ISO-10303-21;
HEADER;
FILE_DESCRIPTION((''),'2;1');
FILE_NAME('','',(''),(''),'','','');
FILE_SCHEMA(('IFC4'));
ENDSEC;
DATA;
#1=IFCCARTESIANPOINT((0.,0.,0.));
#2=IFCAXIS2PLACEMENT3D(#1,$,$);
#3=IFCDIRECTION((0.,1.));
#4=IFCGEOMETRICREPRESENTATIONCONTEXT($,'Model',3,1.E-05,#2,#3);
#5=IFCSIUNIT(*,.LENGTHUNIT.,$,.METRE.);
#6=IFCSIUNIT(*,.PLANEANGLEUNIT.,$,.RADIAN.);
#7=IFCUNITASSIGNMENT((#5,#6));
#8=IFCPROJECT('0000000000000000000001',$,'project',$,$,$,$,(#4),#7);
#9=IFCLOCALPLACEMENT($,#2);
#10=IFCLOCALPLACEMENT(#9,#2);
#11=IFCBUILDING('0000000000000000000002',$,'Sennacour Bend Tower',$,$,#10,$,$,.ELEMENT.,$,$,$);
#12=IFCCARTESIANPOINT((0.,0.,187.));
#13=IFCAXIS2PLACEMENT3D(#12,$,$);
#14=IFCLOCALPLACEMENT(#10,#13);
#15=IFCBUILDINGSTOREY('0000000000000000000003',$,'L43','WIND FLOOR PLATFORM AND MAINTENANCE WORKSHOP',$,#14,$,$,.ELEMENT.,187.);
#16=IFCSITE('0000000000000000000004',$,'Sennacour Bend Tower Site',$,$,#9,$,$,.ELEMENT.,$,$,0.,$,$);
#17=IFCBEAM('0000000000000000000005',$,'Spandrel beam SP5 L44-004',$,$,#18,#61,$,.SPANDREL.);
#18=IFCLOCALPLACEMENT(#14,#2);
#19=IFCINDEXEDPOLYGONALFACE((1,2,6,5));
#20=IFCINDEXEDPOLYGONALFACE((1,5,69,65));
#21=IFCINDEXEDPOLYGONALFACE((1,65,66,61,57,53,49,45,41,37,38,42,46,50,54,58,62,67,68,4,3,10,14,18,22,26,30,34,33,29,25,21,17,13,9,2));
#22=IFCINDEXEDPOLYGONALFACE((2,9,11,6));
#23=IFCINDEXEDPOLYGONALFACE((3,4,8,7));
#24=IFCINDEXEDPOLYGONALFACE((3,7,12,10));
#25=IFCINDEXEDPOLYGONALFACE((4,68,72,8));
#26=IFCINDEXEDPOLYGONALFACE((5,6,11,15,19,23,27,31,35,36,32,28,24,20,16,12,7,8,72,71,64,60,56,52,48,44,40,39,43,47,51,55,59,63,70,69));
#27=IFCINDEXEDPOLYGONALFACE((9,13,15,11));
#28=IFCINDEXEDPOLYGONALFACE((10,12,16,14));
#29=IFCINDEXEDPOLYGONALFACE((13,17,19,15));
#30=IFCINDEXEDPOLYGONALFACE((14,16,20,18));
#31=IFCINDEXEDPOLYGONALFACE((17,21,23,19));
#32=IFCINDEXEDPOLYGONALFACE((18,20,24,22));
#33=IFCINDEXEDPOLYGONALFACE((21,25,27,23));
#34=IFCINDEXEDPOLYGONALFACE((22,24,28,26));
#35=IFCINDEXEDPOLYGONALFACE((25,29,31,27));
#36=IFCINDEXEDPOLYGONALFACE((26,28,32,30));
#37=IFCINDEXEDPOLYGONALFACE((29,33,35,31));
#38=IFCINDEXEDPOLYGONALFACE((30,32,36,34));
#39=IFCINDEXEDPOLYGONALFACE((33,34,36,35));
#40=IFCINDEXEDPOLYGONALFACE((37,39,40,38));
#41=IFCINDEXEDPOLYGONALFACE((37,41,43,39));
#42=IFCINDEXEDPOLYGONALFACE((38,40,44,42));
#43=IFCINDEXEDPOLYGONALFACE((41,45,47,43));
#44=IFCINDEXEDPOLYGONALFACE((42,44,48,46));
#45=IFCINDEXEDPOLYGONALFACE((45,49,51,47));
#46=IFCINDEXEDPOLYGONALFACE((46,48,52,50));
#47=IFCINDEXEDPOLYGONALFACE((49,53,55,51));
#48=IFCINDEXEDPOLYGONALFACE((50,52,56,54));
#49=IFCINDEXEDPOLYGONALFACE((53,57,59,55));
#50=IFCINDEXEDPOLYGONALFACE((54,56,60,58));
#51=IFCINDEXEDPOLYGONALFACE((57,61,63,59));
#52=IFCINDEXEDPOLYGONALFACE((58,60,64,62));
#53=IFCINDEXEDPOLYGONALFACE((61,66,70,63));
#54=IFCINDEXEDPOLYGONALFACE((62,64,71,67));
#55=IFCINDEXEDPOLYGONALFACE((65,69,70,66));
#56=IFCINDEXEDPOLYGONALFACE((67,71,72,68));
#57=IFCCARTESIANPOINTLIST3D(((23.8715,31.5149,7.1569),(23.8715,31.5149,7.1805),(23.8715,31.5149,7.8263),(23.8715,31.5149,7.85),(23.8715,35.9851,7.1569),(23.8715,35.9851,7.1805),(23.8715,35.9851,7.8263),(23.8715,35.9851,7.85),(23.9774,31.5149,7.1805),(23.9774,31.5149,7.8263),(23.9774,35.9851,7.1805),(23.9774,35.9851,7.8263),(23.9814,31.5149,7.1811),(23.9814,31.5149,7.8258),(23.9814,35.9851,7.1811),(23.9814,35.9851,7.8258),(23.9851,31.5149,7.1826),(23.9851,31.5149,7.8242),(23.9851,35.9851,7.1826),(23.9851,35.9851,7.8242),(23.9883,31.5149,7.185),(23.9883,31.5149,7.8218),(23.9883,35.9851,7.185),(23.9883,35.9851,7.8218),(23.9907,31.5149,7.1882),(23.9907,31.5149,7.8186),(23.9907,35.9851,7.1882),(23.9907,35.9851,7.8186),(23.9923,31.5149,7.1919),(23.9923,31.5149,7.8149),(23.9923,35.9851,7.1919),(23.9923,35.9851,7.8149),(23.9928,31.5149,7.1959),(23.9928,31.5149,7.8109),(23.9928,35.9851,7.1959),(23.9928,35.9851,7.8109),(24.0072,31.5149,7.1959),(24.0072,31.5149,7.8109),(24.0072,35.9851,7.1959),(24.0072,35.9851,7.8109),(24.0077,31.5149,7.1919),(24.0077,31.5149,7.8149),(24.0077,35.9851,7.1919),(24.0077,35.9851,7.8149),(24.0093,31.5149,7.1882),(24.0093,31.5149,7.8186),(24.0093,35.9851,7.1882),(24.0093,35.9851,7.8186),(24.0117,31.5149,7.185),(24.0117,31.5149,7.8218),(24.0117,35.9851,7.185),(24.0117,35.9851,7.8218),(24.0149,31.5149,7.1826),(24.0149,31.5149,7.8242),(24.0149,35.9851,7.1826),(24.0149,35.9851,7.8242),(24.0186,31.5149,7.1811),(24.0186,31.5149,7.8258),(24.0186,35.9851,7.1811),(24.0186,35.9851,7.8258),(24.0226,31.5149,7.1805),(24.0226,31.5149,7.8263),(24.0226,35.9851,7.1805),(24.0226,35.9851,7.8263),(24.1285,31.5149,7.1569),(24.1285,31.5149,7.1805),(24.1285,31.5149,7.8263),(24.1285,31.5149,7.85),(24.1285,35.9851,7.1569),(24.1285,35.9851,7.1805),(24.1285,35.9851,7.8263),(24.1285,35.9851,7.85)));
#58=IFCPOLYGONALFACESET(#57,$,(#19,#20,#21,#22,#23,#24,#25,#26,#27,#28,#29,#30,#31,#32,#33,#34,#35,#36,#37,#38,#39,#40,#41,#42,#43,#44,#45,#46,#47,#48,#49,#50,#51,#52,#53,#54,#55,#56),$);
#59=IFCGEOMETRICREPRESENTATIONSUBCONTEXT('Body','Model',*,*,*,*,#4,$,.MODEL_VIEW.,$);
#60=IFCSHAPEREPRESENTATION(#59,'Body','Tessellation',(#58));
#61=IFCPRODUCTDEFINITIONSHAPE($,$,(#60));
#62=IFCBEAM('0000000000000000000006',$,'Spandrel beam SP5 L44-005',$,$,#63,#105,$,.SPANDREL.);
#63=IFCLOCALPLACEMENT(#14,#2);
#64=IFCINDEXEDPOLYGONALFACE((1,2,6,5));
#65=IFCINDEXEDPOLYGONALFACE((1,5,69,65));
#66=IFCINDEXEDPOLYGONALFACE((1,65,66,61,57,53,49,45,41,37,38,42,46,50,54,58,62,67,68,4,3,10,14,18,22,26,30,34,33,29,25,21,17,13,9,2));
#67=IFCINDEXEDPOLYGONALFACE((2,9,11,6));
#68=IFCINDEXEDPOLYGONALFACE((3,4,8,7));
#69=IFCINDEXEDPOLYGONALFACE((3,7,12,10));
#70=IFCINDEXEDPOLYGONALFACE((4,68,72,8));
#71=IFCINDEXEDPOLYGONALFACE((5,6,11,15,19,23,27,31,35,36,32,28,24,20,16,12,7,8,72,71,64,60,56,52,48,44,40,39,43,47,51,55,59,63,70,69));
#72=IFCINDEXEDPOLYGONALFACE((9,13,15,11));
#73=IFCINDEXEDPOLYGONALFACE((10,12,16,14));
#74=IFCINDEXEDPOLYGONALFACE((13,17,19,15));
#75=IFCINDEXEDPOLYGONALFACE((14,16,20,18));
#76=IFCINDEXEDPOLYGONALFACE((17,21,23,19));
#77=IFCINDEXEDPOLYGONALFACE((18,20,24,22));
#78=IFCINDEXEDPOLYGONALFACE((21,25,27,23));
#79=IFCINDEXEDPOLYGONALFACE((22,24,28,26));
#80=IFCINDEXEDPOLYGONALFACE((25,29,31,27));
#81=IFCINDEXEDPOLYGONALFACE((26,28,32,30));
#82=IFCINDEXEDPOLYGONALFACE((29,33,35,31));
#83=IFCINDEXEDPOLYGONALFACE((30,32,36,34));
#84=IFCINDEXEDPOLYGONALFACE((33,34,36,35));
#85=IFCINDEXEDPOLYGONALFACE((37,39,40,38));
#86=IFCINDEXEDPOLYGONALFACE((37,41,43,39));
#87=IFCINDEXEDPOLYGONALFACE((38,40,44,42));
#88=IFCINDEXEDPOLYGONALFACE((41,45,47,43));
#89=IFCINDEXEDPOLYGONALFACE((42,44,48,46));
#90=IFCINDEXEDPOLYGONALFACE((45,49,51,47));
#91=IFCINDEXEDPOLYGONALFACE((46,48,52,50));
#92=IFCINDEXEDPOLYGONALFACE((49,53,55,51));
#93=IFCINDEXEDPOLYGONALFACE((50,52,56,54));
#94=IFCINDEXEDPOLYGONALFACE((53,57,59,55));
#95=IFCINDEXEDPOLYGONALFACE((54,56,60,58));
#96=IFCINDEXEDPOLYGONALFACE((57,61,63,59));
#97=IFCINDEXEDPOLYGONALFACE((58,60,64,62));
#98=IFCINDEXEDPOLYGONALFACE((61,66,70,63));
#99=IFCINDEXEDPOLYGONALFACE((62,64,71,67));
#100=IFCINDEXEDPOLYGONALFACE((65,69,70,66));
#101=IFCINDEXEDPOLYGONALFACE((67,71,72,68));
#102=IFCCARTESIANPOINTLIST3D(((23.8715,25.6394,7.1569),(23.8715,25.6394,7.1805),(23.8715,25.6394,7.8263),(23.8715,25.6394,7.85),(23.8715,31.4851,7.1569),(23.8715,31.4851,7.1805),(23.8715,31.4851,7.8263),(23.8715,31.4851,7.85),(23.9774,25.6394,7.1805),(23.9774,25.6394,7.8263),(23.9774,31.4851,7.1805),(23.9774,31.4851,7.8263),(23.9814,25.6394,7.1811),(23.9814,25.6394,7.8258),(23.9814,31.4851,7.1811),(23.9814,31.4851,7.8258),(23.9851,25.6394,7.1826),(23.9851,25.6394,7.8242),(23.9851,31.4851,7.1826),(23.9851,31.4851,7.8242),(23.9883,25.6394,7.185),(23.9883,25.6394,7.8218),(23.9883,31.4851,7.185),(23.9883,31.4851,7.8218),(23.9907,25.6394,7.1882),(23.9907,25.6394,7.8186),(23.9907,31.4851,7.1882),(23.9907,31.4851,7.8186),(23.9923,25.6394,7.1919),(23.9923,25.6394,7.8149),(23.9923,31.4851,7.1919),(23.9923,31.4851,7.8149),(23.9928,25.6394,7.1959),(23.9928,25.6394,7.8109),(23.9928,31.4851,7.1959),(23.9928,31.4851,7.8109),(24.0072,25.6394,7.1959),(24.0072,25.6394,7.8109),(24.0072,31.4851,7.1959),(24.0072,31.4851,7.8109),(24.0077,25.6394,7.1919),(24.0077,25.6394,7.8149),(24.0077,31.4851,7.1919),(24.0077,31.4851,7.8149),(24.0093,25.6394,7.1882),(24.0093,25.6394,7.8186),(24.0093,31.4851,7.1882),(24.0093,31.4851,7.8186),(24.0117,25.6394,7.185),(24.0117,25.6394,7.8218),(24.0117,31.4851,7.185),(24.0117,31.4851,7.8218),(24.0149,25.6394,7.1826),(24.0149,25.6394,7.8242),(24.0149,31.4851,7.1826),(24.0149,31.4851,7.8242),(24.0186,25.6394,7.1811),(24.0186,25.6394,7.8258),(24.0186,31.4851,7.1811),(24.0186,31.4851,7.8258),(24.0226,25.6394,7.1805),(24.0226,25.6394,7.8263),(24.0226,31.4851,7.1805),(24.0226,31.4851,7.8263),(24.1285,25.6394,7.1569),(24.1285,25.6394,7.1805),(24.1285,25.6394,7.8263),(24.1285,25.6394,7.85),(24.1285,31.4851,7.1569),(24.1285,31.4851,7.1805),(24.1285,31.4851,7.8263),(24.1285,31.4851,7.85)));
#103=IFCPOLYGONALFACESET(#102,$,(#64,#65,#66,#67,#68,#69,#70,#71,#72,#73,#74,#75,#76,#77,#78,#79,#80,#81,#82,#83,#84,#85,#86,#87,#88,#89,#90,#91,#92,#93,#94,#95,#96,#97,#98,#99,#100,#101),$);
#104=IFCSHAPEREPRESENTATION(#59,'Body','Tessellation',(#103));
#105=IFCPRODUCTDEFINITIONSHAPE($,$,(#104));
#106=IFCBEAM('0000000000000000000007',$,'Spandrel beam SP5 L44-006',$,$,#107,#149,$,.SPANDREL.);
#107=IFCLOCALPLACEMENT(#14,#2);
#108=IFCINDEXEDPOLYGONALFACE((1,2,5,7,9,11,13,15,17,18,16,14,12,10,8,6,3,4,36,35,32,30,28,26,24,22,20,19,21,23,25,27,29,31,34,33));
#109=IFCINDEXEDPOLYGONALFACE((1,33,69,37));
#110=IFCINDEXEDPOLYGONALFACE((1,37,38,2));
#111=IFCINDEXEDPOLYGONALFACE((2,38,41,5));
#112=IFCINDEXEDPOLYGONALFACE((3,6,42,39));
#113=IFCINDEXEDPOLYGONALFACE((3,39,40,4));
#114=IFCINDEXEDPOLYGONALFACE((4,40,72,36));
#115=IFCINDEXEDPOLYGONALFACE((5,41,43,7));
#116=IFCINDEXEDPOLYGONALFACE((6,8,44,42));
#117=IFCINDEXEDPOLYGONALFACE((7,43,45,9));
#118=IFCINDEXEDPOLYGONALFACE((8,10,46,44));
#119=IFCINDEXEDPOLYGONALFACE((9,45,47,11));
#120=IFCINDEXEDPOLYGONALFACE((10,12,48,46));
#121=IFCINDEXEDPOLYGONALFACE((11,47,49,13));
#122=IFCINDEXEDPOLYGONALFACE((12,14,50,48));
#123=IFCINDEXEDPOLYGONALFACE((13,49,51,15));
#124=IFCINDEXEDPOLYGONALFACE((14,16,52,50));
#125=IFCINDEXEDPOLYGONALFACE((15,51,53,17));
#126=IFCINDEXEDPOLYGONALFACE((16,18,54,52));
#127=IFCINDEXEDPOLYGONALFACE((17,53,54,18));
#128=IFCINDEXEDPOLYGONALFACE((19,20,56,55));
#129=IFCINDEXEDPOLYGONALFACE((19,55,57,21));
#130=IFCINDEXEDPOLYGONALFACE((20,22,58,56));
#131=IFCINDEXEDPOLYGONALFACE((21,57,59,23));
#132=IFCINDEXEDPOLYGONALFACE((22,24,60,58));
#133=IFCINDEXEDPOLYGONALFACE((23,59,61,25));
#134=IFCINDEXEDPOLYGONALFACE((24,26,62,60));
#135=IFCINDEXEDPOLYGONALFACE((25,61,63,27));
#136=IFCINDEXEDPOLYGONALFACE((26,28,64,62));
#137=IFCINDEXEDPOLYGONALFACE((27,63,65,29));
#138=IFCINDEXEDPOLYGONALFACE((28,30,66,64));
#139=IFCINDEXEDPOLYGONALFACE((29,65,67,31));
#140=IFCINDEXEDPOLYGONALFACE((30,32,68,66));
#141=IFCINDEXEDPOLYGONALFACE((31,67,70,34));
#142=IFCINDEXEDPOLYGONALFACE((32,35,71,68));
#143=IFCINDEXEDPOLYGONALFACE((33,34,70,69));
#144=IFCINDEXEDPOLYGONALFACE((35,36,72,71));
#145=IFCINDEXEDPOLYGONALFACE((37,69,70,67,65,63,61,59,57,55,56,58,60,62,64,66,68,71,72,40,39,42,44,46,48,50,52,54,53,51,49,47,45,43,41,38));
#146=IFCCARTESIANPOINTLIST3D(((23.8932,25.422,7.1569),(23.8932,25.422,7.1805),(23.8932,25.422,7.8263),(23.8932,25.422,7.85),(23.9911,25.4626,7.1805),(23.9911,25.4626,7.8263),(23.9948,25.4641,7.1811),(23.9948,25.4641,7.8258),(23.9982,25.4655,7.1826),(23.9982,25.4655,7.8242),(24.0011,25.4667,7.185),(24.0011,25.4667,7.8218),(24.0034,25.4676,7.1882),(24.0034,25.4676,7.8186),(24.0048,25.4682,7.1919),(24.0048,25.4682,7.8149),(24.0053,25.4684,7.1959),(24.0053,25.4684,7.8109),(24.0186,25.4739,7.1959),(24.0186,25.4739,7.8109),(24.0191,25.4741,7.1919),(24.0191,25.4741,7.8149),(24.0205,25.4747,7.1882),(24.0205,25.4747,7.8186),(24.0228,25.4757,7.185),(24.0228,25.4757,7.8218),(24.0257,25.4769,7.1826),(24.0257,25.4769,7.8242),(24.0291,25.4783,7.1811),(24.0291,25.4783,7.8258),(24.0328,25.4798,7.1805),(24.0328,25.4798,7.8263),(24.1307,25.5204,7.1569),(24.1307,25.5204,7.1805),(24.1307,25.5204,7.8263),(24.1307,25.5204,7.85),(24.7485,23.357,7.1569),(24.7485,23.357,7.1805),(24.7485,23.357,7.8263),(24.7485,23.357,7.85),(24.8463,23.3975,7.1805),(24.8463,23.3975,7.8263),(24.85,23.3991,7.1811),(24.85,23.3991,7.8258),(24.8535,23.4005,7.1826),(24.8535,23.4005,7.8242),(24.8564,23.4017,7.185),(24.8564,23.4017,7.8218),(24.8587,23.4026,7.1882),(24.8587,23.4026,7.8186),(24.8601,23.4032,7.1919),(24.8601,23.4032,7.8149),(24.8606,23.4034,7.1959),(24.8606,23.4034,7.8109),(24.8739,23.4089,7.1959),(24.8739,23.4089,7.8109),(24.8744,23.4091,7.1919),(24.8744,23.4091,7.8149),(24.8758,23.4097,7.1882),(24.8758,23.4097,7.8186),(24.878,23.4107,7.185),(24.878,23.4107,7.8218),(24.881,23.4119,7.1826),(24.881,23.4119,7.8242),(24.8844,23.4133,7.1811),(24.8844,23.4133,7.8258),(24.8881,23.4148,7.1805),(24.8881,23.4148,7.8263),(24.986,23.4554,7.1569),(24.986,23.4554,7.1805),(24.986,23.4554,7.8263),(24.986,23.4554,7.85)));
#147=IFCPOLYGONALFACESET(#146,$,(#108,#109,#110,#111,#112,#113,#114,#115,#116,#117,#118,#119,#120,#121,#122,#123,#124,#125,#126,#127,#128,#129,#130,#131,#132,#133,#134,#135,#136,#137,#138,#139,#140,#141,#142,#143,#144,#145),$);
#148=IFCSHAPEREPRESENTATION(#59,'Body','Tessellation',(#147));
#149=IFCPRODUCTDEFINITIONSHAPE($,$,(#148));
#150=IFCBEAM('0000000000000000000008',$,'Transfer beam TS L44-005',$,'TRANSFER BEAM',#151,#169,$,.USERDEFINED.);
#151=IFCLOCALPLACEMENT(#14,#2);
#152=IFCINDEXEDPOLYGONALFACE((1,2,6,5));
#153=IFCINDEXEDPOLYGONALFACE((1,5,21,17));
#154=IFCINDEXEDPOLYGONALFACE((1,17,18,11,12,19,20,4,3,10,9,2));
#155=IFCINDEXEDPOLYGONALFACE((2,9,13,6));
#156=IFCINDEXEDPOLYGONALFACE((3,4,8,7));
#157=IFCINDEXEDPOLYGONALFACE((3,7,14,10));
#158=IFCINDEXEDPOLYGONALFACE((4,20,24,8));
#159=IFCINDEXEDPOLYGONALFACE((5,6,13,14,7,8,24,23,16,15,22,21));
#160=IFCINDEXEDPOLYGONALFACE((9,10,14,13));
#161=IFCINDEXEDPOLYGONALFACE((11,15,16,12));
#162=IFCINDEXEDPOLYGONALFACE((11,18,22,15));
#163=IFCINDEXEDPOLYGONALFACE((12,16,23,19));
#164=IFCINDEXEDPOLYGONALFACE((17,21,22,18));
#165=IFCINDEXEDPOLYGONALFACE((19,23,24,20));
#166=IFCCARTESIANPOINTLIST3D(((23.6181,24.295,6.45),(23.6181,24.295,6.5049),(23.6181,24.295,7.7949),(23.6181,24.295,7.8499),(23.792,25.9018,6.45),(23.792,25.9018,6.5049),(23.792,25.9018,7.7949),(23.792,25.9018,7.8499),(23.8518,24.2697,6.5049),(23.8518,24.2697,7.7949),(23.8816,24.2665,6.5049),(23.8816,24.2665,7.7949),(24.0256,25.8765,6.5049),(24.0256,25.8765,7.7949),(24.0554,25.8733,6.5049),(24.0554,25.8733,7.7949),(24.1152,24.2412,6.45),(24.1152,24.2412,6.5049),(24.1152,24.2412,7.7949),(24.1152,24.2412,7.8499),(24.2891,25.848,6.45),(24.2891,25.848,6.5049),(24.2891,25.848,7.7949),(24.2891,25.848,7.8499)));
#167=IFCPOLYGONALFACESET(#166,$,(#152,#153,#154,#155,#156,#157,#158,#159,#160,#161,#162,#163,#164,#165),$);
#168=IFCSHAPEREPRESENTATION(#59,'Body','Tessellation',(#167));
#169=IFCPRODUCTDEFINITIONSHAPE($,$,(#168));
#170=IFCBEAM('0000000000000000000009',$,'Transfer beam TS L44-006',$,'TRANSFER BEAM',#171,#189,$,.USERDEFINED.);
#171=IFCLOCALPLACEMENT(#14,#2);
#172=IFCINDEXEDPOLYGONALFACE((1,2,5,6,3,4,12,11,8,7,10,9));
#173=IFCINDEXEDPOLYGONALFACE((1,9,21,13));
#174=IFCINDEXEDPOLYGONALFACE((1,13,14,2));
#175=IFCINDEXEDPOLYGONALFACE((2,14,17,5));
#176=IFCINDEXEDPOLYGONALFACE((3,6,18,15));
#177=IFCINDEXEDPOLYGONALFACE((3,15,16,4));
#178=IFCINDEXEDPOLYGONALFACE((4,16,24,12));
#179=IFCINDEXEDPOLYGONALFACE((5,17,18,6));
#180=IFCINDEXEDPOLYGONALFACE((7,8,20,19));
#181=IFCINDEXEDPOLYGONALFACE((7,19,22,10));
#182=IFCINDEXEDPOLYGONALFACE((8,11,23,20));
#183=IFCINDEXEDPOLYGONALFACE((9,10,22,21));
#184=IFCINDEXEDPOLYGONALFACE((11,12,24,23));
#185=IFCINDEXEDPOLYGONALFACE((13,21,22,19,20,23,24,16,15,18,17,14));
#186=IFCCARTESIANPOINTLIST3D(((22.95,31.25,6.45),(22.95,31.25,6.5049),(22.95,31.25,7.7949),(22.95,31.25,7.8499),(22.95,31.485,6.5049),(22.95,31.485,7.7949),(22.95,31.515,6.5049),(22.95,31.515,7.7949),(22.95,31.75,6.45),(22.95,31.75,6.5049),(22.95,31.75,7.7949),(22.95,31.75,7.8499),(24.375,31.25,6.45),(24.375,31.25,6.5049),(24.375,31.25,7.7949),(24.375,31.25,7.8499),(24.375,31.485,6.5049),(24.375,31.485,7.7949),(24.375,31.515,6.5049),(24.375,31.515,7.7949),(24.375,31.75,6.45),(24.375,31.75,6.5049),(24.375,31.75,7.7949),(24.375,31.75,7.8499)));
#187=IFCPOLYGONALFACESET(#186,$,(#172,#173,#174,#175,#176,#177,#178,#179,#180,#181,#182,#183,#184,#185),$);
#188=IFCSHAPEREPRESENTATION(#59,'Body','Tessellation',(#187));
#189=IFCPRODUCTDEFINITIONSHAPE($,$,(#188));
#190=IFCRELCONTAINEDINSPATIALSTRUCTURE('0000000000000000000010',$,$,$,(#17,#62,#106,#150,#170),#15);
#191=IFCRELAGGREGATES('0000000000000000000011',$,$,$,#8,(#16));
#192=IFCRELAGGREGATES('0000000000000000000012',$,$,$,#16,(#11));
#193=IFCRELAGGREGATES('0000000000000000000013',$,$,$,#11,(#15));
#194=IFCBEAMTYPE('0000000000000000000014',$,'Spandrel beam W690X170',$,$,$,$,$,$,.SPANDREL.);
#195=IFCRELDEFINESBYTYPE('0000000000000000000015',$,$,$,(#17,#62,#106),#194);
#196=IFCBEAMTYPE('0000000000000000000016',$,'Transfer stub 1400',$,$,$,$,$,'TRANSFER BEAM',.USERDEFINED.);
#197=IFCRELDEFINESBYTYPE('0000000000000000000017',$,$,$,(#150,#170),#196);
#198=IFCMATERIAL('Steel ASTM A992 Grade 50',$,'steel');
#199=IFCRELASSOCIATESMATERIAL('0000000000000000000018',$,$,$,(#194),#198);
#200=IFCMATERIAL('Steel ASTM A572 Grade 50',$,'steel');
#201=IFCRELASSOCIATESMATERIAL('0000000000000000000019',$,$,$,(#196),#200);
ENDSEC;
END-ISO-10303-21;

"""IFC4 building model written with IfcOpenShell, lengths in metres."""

from ifc_helpers import new_model, si_unit, direction, frame, origin, origin_2d, place, context, subcontext, project, spatial, i_section, extrude, material, material_profile, profile_set, type_object, element, save


model = new_model("IFC4")

# Units and contexts
model_context = context("Model", 3, precision=1e-05, world=origin(), true_north=direction((0.0, 1.0)))
body_context = subcontext(model_context, "Body", "Model", "MODEL_VIEW")
ifc_project = project(units=[si_unit("LENGTHUNIT", "METRE"), si_unit("PLANEANGLEUNIT", "RADIAN")], contexts=[model_context])

# Site, building, storey
site_placement = place(None, origin())
site = spatial("IfcSite", under=ifc_project, at=site_placement, Name="Sennacour Bend Tower Site", CompositionType="ELEMENT", RefElevation=0.0)
building_placement = place(site_placement, origin())
building = spatial("IfcBuilding", under=site, at=building_placement, Name="Sennacour Bend Tower", CompositionType="ELEMENT")
storey_placement = place(building_placement, frame((0.0, 0.0, 187.0)))
storey = spatial("IfcBuildingStorey", under=building, at=storey_placement, Name="L43", Description="WIND FLOOR PLATFORM AND MAINTENANCE WORKSHOP", CompositionType="ELEMENT", Elevation=187.0)

# Shared definitions
ifc_material_1 = material(Name="Steel ASTM A572 Grade 50", Category="steel")

# Shared definitions
ifc_material_2 = material(Name="Steel ASTM A992 Grade 50", Category="steel")

# Beams
ifc_material_profile_1 = material_profile(ifc_material_2, i_section(OverallWidth=0.2571, OverallDepth=0.6931, WebThickness=0.0144, FlangeThickness=0.0237, FilletRadius=0.0154, at=origin_2d()), Name="Steel ASTM A992 Grade 50", Category="steel")
ifc_profile_set_1 = profile_set([ifc_material_profile_1], Name="Steel ASTM A992 Grade 50")
beam_type_1 = type_object("IfcBeamType", Name="Spandrel beam W690X170", PredefinedType="SPANDREL", material=ifc_profile_set_1)
beam_1_placement = place(storey_placement, frame((24.0, 35.9851, 7.5034), z_axis=(0.0, -1.0, 0.0), x_axis=(1.0, 0.0, 0.0)))
element("IfcBeam", 1, at=beam_1_placement, inside=storey, type_object=beam_type_1, Name="Spandrel beam SP5 L44-004", PredefinedType="SPANDREL", context=body_context, shape_type="SweptSolid", body=[
    extrude(i_section(OverallWidth=0.2571, OverallDepth=0.6931, WebThickness=0.0144, FlangeThickness=0.0237, FilletRadius=0.0154, at=origin_2d()), origin(), (0.0, 0.0, 1.0), 4.4702),
])
beam_2_placement = place(storey_placement, frame((24.0, 31.4851, 7.5034), z_axis=(0.0, -1.0, 0.0), x_axis=(1.0, 0.0, 0.0)))
element("IfcBeam", 2, at=beam_2_placement, inside=storey, type_object=beam_type_1, Name="Spandrel beam SP5 L44-005", PredefinedType="SPANDREL", context=body_context, shape_type="SweptSolid", body=[
    extrude(i_section(OverallWidth=0.2571, OverallDepth=0.6931, WebThickness=0.0144, FlangeThickness=0.0237, FilletRadius=0.0154, at=origin_2d()), origin(), (0.0, 0.0, 1.0), 5.8457),
])
beam_3_placement = place(storey_placement, frame((24.012, 25.4712, 7.5034), z_axis=(0.382644, -0.923896, 0.0), x_axis=(0.923896, 0.382644, 0.0)))
element("IfcBeam", 3, at=beam_3_placement, inside=storey, type_object=beam_type_1, Name="Spandrel beam SP5 L44-006", PredefinedType="SPANDREL", context=body_context, shape_type="SweptSolid", body=[
    extrude(i_section(OverallWidth=0.2571, OverallDepth=0.6931, WebThickness=0.0144, FlangeThickness=0.0237, FilletRadius=0.0154, at=origin_2d()), origin(), (0.0, 0.0, 1.0), 2.2351),
])
ifc_material_profile_2 = material_profile(ifc_material_1, i_section(OverallWidth=0.5, OverallDepth=1.3999, WebThickness=0.03, FlangeThickness=0.0549, at=origin_2d()), Name="Steel ASTM A572 Grade 50", Category="steel")
ifc_profile_set_2 = profile_set([ifc_material_profile_2], Name="Steel ASTM A572 Grade 50")
beam_type_2 = type_object("IfcBeamType", Name="Transfer stub 1400", ElementType="TRANSFER BEAM", PredefinedType="USERDEFINED", material=ifc_profile_set_2)
beam_4_placement = place(storey_placement, frame((23.8667, 24.2681, 7.1499), z_axis=(0.107546, 0.9942, 0.0), x_axis=(-0.9942, 0.107546, 0.0)))
element("IfcBeam", 4, at=beam_4_placement, inside=storey, type_object=beam_type_2, Name="Transfer beam TS L44-005", ObjectType="TRANSFER BEAM", PredefinedType="USERDEFINED", context=body_context, shape_type="SweptSolid", body=[
    extrude(i_section(OverallWidth=0.5, OverallDepth=1.3999, WebThickness=0.03, FlangeThickness=0.0549, at=origin_2d()), origin(), (0.0, 0.0, 1.0), 1.6162),
])
beam_5_placement = place(storey_placement, frame((22.95, 31.5, 7.1499), z_axis=(1.0, 0.0, 0.0), x_axis=(0.0, 1.0, 0.0)))
element("IfcBeam", 5, at=beam_5_placement, inside=storey, type_object=beam_type_2, Name="Transfer beam TS L44-006", ObjectType="TRANSFER BEAM", PredefinedType="USERDEFINED", context=body_context, shape_type="SweptSolid", body=[
    extrude(i_section(OverallWidth=0.5, OverallDepth=1.3999, WebThickness=0.03, FlangeThickness=0.0549, at=origin_2d()), origin(), (0.0, 0.0, 1.0), 1.425),
])

save(model, "model.ifc")
